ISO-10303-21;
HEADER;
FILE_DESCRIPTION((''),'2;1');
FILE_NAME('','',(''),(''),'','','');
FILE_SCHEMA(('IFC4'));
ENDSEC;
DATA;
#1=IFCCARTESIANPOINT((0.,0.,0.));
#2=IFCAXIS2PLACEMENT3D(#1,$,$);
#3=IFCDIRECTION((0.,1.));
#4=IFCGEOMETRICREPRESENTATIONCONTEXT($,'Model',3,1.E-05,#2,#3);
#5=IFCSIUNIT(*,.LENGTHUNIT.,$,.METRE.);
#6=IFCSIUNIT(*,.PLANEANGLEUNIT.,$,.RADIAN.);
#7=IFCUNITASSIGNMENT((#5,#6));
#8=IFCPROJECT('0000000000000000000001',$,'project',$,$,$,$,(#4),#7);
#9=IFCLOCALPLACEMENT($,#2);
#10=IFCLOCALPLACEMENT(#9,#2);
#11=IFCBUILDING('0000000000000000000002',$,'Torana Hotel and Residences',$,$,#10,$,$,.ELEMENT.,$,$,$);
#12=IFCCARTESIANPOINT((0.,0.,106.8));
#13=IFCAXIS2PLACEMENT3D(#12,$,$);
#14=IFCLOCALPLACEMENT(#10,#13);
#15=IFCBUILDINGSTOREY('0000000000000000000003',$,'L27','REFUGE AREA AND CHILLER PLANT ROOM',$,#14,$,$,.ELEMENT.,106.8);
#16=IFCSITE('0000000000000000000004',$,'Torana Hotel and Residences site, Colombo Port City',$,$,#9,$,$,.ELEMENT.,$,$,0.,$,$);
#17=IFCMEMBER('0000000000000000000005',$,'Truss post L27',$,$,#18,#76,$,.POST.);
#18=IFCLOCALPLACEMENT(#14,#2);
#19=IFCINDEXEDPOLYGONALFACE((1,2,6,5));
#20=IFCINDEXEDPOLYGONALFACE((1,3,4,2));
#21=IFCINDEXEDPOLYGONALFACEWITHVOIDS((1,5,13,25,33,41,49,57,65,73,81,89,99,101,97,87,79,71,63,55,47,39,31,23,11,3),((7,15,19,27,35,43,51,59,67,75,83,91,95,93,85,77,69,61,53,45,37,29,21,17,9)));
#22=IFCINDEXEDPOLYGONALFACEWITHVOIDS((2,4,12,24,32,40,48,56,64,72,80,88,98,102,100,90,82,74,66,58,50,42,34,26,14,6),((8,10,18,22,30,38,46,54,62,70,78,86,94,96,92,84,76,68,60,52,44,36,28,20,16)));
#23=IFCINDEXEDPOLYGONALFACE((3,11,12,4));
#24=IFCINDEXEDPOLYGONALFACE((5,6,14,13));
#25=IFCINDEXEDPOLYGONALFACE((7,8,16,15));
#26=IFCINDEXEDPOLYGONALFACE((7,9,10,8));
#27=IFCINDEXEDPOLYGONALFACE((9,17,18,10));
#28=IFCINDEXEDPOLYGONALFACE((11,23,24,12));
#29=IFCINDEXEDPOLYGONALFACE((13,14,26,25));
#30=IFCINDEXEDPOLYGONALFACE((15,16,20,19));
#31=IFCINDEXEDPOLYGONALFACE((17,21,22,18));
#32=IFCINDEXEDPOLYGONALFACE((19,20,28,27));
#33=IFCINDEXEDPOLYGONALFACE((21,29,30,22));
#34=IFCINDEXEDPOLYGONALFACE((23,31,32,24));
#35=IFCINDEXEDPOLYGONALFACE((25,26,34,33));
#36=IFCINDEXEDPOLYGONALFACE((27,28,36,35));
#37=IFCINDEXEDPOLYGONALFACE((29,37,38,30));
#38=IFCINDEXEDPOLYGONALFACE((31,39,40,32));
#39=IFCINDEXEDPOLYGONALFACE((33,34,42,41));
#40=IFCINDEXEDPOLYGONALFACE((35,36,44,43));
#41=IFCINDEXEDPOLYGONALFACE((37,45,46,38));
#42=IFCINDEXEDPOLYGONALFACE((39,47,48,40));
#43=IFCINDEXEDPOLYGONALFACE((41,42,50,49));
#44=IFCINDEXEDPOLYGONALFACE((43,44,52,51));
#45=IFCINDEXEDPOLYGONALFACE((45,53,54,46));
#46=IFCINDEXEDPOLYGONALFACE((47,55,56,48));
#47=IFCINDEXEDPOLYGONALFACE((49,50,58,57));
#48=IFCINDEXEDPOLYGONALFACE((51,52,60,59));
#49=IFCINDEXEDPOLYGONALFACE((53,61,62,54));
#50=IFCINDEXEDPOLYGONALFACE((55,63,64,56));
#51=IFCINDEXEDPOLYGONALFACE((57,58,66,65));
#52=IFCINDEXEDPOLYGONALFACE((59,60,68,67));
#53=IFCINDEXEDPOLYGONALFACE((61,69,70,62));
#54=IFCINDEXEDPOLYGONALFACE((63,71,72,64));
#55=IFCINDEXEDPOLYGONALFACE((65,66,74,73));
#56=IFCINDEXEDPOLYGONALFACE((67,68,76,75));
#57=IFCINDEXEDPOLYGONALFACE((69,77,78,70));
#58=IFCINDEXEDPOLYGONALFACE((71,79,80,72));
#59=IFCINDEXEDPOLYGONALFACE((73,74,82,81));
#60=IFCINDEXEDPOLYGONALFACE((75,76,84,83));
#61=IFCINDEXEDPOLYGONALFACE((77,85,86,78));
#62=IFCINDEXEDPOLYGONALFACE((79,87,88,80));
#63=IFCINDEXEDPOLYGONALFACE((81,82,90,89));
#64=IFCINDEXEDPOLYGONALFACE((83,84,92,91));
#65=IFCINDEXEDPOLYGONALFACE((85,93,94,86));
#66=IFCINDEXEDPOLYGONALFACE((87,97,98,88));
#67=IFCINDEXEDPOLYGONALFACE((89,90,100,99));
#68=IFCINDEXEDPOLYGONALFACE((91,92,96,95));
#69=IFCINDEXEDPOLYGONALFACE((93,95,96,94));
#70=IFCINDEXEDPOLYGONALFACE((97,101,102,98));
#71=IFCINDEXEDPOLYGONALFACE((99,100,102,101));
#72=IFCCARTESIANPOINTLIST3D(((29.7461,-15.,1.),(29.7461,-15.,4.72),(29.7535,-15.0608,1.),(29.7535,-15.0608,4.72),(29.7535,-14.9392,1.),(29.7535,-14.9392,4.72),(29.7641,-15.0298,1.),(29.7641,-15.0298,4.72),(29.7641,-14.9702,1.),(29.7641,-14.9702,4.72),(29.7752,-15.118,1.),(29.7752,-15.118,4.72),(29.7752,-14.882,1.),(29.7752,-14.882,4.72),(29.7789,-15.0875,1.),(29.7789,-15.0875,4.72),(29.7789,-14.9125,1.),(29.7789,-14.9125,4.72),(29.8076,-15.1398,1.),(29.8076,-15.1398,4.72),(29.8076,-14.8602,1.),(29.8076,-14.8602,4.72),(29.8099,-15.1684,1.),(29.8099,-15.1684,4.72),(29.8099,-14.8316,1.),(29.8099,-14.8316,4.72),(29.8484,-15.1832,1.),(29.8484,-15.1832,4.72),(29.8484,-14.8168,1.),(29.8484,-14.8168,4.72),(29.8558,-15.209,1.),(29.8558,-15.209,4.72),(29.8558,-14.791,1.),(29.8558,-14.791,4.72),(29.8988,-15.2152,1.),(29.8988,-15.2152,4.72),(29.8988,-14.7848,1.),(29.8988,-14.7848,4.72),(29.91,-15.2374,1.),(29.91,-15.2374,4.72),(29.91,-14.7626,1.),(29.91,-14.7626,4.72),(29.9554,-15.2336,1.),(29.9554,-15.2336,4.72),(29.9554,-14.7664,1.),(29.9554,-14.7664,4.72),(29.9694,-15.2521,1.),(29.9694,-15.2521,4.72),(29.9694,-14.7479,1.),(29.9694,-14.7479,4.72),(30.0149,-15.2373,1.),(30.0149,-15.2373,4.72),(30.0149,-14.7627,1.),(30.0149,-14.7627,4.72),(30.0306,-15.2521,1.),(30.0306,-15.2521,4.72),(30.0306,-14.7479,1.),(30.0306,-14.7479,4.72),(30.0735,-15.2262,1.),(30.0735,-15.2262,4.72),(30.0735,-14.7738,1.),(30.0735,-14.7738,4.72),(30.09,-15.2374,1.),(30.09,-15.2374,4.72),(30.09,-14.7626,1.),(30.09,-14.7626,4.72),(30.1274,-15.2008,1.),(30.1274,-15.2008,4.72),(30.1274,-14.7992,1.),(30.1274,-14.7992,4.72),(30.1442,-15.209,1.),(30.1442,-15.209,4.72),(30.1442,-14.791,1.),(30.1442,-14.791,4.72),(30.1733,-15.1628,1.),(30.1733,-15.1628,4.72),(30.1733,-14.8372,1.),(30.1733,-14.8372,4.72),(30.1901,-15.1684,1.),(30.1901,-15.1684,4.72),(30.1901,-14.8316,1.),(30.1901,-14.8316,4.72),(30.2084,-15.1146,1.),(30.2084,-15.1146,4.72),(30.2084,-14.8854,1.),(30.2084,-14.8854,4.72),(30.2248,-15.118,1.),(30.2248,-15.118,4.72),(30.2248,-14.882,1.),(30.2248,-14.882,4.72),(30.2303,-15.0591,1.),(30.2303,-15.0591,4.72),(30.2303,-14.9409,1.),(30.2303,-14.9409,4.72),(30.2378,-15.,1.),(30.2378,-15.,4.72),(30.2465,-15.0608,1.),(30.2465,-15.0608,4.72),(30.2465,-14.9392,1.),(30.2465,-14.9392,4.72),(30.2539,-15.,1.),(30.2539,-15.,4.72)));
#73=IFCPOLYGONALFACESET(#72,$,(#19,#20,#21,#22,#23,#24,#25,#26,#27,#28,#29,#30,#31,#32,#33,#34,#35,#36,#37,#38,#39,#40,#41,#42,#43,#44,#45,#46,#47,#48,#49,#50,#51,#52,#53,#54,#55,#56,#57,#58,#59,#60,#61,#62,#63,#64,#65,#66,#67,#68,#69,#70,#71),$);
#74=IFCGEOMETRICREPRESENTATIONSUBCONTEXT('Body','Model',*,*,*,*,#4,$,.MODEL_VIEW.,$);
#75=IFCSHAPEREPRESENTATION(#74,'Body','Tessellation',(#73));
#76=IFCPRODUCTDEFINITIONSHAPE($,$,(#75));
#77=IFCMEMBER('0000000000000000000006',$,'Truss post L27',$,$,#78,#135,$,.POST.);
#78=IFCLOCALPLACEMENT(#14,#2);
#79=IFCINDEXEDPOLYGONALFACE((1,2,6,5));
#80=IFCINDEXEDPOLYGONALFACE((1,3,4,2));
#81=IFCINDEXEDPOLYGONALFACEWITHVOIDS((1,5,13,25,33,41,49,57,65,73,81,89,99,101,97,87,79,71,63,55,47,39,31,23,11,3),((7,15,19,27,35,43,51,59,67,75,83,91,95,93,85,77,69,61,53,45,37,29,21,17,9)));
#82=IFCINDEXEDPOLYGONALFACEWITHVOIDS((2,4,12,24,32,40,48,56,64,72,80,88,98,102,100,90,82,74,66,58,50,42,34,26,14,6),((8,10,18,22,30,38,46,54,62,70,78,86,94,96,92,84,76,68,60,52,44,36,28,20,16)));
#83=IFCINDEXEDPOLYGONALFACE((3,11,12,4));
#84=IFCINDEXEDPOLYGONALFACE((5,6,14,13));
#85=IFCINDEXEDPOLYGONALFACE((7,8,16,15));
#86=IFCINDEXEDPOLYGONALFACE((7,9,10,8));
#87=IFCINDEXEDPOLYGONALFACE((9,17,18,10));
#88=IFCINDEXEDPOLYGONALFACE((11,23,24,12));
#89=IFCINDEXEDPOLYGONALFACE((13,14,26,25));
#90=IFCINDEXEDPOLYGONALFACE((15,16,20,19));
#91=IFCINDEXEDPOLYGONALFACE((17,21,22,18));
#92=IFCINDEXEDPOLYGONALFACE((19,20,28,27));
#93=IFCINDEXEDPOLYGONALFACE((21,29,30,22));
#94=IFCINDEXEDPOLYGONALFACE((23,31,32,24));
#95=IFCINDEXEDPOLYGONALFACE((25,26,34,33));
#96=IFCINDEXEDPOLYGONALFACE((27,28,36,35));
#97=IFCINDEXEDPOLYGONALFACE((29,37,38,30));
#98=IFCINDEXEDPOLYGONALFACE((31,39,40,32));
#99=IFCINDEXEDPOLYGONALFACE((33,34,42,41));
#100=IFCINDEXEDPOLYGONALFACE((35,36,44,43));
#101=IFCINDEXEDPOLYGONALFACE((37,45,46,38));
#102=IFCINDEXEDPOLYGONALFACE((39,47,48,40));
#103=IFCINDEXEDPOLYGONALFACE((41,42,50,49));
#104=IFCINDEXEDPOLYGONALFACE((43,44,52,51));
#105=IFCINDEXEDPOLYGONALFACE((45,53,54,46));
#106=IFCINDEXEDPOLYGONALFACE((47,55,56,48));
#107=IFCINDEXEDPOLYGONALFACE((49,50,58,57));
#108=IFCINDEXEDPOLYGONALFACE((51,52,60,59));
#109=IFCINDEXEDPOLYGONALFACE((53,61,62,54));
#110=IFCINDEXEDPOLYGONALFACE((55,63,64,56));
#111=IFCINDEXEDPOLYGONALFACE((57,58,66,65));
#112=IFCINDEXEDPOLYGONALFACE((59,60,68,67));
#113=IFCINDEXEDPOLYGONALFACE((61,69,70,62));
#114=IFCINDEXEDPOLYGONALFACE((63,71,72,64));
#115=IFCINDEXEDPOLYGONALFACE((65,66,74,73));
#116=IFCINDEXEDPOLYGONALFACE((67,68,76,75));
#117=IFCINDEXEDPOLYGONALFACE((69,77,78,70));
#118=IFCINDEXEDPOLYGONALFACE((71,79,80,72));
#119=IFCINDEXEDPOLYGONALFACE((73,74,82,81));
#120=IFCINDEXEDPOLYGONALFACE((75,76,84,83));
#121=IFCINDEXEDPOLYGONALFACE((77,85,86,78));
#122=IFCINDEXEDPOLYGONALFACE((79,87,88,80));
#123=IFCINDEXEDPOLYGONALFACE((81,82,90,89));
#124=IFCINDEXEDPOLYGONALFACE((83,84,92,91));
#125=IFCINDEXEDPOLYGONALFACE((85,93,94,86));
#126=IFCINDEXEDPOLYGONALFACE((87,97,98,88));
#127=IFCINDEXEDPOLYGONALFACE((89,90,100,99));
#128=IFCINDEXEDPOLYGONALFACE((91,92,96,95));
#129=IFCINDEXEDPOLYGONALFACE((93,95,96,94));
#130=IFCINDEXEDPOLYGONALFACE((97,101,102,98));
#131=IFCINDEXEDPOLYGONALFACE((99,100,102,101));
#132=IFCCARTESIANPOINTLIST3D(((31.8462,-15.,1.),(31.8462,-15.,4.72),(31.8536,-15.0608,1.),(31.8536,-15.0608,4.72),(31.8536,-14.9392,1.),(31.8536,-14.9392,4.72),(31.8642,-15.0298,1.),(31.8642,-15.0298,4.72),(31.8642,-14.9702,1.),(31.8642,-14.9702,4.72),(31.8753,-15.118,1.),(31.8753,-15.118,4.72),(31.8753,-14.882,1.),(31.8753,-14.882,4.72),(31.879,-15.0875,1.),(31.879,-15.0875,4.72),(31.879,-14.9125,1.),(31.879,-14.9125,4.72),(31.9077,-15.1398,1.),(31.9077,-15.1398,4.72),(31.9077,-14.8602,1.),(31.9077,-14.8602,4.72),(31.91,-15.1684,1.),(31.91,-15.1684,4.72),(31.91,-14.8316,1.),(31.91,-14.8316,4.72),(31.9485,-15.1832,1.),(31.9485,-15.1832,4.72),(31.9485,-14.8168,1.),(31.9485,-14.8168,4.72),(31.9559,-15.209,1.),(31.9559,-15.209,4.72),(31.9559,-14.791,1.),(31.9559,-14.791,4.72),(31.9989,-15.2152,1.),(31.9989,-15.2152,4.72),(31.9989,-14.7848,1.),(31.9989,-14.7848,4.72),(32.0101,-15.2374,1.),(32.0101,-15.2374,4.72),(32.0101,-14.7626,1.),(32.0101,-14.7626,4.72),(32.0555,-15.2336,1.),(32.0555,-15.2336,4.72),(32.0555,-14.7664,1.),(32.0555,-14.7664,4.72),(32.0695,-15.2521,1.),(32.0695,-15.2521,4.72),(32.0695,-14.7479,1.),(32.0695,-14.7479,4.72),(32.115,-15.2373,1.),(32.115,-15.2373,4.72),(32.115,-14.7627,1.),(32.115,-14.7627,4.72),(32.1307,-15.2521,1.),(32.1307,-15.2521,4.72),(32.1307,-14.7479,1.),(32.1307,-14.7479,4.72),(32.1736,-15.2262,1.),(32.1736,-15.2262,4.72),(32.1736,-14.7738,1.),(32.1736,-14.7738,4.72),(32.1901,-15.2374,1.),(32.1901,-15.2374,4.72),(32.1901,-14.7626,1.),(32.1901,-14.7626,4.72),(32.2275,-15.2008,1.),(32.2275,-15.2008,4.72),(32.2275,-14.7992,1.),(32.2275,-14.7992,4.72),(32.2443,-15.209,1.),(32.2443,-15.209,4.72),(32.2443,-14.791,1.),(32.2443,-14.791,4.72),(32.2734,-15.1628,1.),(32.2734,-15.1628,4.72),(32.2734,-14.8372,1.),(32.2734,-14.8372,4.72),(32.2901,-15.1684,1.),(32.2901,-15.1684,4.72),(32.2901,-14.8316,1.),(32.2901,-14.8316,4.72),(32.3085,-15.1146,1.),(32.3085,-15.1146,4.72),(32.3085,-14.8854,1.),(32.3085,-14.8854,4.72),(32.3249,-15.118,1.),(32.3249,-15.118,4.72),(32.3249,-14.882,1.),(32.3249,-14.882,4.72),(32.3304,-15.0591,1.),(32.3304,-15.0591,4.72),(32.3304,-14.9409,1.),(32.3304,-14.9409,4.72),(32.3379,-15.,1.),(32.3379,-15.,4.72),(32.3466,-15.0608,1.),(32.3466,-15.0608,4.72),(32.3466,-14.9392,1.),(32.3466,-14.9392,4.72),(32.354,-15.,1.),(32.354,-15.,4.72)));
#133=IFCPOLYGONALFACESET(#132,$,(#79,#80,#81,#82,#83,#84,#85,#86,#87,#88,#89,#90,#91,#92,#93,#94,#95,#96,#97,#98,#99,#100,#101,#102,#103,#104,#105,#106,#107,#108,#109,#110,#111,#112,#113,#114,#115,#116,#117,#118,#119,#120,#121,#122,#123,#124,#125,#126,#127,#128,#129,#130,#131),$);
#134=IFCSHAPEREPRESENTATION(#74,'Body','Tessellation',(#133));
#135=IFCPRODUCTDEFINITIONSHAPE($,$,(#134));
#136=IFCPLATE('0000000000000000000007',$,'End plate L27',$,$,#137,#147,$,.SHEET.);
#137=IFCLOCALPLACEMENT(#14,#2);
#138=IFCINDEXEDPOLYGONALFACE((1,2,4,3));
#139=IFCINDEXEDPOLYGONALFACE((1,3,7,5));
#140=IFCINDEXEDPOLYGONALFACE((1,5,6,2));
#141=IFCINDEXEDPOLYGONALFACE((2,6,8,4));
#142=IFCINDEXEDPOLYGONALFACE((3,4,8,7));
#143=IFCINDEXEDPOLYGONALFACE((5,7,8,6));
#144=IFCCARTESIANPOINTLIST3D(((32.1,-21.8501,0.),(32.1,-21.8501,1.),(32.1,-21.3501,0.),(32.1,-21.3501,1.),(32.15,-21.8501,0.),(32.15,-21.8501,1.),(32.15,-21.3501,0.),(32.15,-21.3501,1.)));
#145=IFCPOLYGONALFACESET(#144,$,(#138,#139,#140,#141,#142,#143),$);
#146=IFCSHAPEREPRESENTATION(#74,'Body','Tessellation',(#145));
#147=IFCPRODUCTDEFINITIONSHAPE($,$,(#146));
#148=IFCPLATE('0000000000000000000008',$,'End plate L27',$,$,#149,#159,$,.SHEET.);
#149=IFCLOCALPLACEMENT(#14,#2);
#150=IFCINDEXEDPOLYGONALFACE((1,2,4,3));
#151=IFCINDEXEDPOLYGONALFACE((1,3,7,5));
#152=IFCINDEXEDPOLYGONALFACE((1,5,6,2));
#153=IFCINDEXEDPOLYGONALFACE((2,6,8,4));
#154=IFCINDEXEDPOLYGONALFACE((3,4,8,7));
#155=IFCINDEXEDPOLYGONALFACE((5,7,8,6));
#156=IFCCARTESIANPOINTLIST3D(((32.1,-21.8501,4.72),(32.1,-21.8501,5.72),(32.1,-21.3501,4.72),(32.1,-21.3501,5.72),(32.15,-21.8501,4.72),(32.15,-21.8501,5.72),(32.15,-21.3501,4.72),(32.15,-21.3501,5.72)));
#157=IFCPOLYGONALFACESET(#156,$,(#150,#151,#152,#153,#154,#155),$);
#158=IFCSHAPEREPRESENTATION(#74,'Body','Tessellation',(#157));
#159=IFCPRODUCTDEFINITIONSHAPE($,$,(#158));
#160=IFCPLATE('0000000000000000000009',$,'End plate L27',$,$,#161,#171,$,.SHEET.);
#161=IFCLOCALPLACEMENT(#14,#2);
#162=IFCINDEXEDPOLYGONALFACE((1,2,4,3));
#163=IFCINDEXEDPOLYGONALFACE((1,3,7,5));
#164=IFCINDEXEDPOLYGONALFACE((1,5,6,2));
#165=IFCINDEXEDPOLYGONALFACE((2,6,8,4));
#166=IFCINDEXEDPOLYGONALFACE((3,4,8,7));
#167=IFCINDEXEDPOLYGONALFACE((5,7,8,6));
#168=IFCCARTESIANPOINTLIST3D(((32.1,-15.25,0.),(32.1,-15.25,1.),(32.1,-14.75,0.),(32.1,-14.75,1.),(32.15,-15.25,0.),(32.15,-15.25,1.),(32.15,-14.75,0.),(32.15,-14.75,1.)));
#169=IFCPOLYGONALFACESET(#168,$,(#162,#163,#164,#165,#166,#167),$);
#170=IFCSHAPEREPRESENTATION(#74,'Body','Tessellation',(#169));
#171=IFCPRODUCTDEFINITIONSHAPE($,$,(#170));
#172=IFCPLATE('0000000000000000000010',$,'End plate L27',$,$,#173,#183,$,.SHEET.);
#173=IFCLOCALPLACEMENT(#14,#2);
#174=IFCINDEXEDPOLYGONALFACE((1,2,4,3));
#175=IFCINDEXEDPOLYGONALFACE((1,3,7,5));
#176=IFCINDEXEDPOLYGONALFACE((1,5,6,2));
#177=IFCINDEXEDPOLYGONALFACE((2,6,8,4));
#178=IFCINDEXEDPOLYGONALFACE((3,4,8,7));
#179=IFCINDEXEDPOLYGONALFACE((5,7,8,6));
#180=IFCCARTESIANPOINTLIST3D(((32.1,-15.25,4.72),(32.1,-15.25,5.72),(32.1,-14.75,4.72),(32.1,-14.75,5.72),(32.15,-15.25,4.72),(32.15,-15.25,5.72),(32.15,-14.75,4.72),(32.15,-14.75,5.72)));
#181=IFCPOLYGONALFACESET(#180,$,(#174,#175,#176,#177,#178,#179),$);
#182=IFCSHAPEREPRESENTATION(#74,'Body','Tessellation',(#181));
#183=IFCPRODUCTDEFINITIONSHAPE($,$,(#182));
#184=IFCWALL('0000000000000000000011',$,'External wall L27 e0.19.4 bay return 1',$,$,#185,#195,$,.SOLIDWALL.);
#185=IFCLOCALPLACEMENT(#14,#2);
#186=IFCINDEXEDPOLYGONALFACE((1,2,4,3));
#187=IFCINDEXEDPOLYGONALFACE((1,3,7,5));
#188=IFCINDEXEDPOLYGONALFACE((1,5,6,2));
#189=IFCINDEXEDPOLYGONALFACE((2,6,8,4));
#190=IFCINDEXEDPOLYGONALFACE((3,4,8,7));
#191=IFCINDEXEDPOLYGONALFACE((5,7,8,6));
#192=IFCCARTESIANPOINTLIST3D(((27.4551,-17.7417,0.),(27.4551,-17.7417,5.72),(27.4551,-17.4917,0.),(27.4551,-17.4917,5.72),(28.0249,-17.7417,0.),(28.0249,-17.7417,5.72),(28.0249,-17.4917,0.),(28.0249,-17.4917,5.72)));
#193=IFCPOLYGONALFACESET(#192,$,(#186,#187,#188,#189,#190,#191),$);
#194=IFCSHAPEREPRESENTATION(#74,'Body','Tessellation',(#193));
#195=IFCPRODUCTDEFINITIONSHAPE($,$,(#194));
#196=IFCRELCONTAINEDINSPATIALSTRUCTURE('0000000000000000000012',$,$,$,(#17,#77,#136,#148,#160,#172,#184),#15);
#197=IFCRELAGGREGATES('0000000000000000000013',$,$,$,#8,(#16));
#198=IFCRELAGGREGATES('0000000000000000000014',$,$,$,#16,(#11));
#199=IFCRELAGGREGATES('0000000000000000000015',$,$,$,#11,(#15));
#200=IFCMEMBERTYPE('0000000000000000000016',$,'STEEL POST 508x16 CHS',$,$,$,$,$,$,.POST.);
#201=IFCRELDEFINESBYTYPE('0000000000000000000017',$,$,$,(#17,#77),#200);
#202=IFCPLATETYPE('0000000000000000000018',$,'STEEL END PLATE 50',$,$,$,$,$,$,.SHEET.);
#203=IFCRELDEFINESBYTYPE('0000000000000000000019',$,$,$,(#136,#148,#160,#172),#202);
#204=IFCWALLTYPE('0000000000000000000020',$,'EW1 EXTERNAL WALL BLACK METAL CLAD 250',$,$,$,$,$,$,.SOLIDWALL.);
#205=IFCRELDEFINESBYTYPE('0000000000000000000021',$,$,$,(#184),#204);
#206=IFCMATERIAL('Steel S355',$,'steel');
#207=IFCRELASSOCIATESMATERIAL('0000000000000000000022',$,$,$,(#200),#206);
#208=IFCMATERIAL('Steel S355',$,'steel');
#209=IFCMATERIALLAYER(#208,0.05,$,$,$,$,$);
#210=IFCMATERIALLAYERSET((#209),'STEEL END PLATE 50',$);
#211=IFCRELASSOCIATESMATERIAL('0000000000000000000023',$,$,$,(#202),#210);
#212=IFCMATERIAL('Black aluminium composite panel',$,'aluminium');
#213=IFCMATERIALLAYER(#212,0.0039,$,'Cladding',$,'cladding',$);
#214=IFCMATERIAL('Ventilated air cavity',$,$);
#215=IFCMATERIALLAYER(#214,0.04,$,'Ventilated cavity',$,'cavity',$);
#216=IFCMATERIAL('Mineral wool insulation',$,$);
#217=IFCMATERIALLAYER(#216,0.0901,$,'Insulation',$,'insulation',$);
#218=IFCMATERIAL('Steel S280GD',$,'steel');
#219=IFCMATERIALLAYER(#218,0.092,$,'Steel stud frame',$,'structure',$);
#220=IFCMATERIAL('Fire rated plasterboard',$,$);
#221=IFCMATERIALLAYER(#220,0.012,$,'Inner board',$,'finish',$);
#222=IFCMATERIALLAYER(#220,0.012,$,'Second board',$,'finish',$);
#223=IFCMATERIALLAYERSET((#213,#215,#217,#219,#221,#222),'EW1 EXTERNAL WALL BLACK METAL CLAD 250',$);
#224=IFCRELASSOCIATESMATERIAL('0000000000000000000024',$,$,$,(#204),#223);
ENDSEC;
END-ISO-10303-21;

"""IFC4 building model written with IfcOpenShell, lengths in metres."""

from ifc_helpers import new_model, si_unit, direction, frame, frame_2d, origin, origin_2d, place, context, subcontext, project, spatial, rectangle, hollow_circle, extrude, material, layer, layer_set, material_profile, profile_set, type_object, element, save


model = new_model("IFC4")

# Units and contexts
model_context = context("Model", 3, precision=1e-05, world=origin(), true_north=direction((0.0, 1.0)))
body_context = subcontext(model_context, "Body", "Model", "MODEL_VIEW")
ifc_project = project(units=[si_unit("LENGTHUNIT", "METRE"), si_unit("PLANEANGLEUNIT", "RADIAN")], contexts=[model_context])

# Site, building, storey
site_placement = place(None, origin())
site = spatial("IfcSite", under=ifc_project, at=site_placement, Name="Torana Hotel and Residences site, Colombo Port City", CompositionType="ELEMENT", RefElevation=0.0)
building_placement = place(site_placement, origin())
building = spatial("IfcBuilding", under=site, at=building_placement, Name="Torana Hotel and Residences", CompositionType="ELEMENT")
storey_placement = place(building_placement, frame((0.0, 0.0, 106.8)))
storey = spatial("IfcBuildingStorey", under=building, at=storey_placement, Name="L27", Description="REFUGE AREA AND CHILLER PLANT ROOM", CompositionType="ELEMENT", Elevation=106.8)

# Members
ifc_material_1 = material(Name="Steel S355", Category="steel")
ifc_material_profile_1 = material_profile(ifc_material_1, hollow_circle(Radius=0.2539, WallThickness=0.0161, at=origin_2d()), Name="508x16 CHS")
ifc_profile_set_1 = profile_set([ifc_material_profile_1], Name="Steel S355")
member_type_1 = type_object("IfcMemberType", Name="STEEL POST 508x16 CHS", PredefinedType="POST", material=ifc_profile_set_1)
for number, where, z_axis, x_axis, name in (
    (1, (30.0, -15.0, 1.0), (0.0, 0.0, 1.0), (1.0, 0.0, 0.0), "Truss post L27"),
    (2, (32.1001, -15.0, 1.0), (0.0, 0.0, 1.0), (1.0, 0.0, 0.0), "Truss post L27"),
):
    element("IfcMember", number, at=place(storey_placement, frame(where, z_axis=z_axis, x_axis=x_axis)), inside=storey, type_object=member_type_1, Name=name, PredefinedType="POST", context=body_context, shape_type="SweptSolid", body=[
        extrude(hollow_circle(Radius=0.2539, WallThickness=0.0161, at=origin_2d()), origin(), (0.0, 0.0, 1.0), 3.72),
    ])

# Plates
ifc_material_2 = material(Name="Steel S355", Category="steel")
ifc_layer_1 = layer(ifc_material_2, 0.05)
ifc_layer_set_1 = layer_set([ifc_layer_1], Name="STEEL END PLATE 50")
plate_type = type_object("IfcPlateType", Name="STEEL END PLATE 50", PredefinedType="SHEET", material=ifc_layer_set_1)
for number, where, z_axis, x_axis, name in (
    (3, (32.125, -21.6001, 0.0), (0.0, 0.0, 1.0), (1.0, 0.0, 0.0), "End plate L27"),
    (4, (32.125, -21.6001, 4.72), (0.0, 0.0, 1.0), (1.0, 0.0, 0.0), "End plate L27"),
    (5, (32.125, -15.0, 0.0), (0.0, 0.0, 1.0), (1.0, 0.0, 0.0), "End plate L27"),
    (6, (32.125, -15.0, 4.72), (0.0, 0.0, 1.0), (1.0, 0.0, 0.0), "End plate L27"),
):
    element("IfcPlate", number, at=place(storey_placement, frame(where, z_axis=z_axis, x_axis=x_axis)), inside=storey, type_object=plate_type, Name=name, PredefinedType="SHEET", context=body_context, shape_type="SweptSolid", body=[
        extrude(rectangle(XDim=0.05, YDim=0.5, at=origin_2d()), origin(), (0.0, 0.0, 1.0), 1.0),
    ])

# Wall
ifc_material_3 = material(Name="Black aluminium composite panel", Category="aluminium")
ifc_layer_2 = layer(ifc_material_3, 0.0039, Name="Cladding", Category="cladding")
ifc_material_4 = material(Name="Ventilated air cavity")
ifc_layer_3 = layer(ifc_material_4, 0.04, Name="Ventilated cavity", Category="cavity")
ifc_material_5 = material(Name="Mineral wool insulation")
ifc_layer_4 = layer(ifc_material_5, 0.0901, Name="Insulation", Category="insulation")
ifc_material_6 = material(Name="Steel S280GD", Category="steel")
ifc_layer_5 = layer(ifc_material_6, 0.092, Name="Steel stud frame", Category="structure")
ifc_material_7 = material(Name="Fire rated plasterboard")
ifc_layer_6 = layer(ifc_material_7, 0.012, Name="Inner board", Category="finish")
ifc_layer_7 = layer(ifc_material_7, 0.012, Name="Second board", Category="finish")
ifc_layer_set_2 = layer_set([ifc_layer_2, ifc_layer_3, ifc_layer_4, ifc_layer_5, ifc_layer_6, ifc_layer_7], Name="EW1 EXTERNAL WALL BLACK METAL CLAD 250")
wall_type_1 = type_object("IfcWallType", Name="EW1 EXTERNAL WALL BLACK METAL CLAD 250", PredefinedType="SOLIDWALL", material=ifc_layer_set_2)
wall_1_placement = place(storey_placement, frame((27.4551, -17.6167, 0.0), z_axis=(0.0, 0.0, 1.0), x_axis=(1.0, 0.0, 0.0)))
element("IfcWall", 7, at=wall_1_placement, inside=storey, type_object=wall_type_1, Name="External wall L27 e0.19.4 bay return 1", PredefinedType="SOLIDWALL", context=body_context, shape_type="SweptSolid", body=[
    extrude(rectangle(XDim=0.5698, YDim=0.25, at=frame_2d((0.2849, 0.0))), origin(), (0.0, 0.0, 1.0), 5.72),
])

save(model, "model.ifc")
